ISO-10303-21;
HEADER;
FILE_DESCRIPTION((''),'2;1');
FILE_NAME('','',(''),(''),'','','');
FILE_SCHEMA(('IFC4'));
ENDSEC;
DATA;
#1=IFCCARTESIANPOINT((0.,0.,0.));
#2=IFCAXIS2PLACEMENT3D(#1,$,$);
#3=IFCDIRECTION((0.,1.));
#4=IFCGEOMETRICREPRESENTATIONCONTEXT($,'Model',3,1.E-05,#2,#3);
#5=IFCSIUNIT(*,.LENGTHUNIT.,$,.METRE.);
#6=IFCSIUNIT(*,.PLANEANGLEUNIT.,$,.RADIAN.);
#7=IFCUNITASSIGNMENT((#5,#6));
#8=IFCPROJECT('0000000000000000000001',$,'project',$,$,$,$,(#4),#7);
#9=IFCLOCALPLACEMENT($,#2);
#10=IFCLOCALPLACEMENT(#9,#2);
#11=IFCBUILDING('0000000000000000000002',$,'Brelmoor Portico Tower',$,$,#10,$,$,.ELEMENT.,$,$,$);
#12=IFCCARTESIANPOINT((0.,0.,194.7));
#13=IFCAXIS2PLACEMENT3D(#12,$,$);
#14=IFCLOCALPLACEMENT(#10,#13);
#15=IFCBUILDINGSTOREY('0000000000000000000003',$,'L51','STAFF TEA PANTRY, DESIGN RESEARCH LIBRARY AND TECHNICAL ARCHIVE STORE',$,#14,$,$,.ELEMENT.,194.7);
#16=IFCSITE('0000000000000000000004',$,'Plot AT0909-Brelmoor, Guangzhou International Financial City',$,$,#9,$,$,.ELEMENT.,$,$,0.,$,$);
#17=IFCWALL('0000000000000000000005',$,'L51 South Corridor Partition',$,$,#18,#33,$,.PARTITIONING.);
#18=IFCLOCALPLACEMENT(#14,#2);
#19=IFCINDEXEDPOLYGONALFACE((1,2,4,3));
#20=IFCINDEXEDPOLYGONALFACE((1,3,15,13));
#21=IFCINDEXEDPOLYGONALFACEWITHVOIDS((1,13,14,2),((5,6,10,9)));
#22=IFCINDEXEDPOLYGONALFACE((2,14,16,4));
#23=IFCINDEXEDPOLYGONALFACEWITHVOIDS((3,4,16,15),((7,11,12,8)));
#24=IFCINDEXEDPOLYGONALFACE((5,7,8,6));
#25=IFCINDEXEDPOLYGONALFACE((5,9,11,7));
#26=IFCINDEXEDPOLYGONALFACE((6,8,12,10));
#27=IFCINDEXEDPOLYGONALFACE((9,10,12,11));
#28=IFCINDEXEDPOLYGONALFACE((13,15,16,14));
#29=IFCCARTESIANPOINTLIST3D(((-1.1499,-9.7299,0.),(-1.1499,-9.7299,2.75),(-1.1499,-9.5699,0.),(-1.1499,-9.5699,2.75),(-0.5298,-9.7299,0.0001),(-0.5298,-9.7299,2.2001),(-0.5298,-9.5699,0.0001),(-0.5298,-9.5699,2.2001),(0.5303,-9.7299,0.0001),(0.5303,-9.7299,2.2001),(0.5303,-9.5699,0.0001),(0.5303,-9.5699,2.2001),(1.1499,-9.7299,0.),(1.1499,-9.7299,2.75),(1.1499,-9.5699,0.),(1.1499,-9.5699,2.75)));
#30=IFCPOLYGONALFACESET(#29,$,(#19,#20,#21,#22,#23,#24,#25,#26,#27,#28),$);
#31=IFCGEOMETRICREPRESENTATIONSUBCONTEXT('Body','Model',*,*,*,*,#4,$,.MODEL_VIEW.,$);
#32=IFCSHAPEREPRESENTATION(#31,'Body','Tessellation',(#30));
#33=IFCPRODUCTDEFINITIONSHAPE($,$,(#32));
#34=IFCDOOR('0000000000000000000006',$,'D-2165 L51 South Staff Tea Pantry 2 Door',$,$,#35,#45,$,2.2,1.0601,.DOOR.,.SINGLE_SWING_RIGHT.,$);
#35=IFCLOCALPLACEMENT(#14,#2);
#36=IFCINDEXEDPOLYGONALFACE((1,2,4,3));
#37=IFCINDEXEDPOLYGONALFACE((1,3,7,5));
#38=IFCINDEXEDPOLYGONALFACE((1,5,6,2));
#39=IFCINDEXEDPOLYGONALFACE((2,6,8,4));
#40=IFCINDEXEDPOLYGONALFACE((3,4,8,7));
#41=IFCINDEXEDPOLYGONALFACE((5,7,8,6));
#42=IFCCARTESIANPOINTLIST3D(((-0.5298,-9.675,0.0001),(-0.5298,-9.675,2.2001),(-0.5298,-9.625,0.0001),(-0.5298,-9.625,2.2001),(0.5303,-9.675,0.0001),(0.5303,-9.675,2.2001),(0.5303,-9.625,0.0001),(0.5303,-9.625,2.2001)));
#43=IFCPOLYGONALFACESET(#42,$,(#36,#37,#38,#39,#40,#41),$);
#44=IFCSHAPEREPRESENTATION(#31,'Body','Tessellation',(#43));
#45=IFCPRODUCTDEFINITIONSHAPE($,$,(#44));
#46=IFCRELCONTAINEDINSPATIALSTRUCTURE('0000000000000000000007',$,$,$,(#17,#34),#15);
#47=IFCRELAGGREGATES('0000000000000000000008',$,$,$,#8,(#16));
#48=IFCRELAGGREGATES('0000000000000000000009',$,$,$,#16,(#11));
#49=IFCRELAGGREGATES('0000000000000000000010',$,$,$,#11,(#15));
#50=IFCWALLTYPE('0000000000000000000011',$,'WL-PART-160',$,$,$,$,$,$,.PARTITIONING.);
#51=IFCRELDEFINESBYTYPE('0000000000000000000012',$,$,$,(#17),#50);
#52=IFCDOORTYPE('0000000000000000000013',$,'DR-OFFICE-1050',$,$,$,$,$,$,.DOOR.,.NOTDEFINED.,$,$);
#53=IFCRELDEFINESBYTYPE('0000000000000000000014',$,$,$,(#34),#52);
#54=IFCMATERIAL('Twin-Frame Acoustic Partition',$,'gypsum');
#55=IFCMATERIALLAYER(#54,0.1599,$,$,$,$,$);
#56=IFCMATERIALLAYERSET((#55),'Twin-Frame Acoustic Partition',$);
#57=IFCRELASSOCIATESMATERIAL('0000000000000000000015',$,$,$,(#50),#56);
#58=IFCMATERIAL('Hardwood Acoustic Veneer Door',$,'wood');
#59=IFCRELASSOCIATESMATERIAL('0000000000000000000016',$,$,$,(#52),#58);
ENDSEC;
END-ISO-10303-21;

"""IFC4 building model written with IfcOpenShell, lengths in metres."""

from ifc_helpers import new_model, si_unit, direction, frame, frame_2d, origin, place, context, subcontext, project, spatial, rectangle, extrude, material, layer, layer_set, type_object, element, fill, save


model = new_model("IFC4")

# Units and contexts
model_context = context("Model", 3, precision=1e-05, world=origin(), true_north=direction((0.0, 1.0)))
body_context = subcontext(model_context, "Body", "Model", "MODEL_VIEW")
ifc_project = project(units=[si_unit("LENGTHUNIT", "METRE"), si_unit("PLANEANGLEUNIT", "RADIAN")], contexts=[model_context])

# Site, building, storey
site_placement = place(None, origin())
site = spatial("IfcSite", under=ifc_project, at=site_placement, Name="Plot AT0909-Brelmoor, Guangzhou International Financial City", CompositionType="ELEMENT", RefElevation=0.0)
building_placement = place(site_placement, origin())
building = spatial("IfcBuilding", under=site, at=building_placement, Name="Brelmoor Portico Tower", CompositionType="ELEMENT")
storey_placement = place(building_placement, frame((0.0, 0.0, 194.7)))
storey = spatial("IfcBuildingStorey", under=building, at=storey_placement, Name="L51", Description="STAFF TEA PANTRY, DESIGN RESEARCH LIBRARY AND TECHNICAL ARCHIVE STORE", CompositionType="ELEMENT", Elevation=194.7)

# Wall, opening, door
ifc_material_1 = material(Name="Twin-Frame Acoustic Partition", Category="gypsum")
ifc_layer_1 = layer(ifc_material_1, 0.1599)
ifc_layer_set_1 = layer_set([ifc_layer_1], Name="Twin-Frame Acoustic Partition")
wall_type_1 = type_object("IfcWallType", Name="WL-PART-160", PredefinedType="PARTITIONING", material=ifc_layer_set_1)
wall_1_placement = place(storey_placement, frame((-1.1499, -9.6499, 0.0), z_axis=(0.0, 0.0, 1.0), x_axis=(1.0, 0.0, 0.0)))
wall_1 = element("IfcWall", 1, at=wall_1_placement, inside=storey, type_object=wall_type_1, Name="L51 South Corridor Partition", PredefinedType="PARTITIONING", context=body_context, shape_type="SweptSolid", body=[
    extrude(rectangle(XDim=2.2998, YDim=0.1599, at=frame_2d((1.1499, 0.0))), origin(), (0.0, 0.0, 1.0), 2.75),
])
opening_1_placement = place(wall_1_placement, frame((0.6201, 0.0, 0.0)))
opening_1 = element("IfcOpeningElement", 2, at=opening_1_placement, cuts=wall_1, PredefinedType="OPENING", context=body_context, shape_type="SweptSolid", body=[
    extrude(rectangle(XDim=1.0601, YDim=2.2, at=frame_2d((0.53, 1.1001))), frame((0.0, 0.0898, 0.0), z_axis=(0.0, -1.0, 0.0), x_axis=(1.0, 0.0, 0.0)), (0.0, 0.0, 1.0), 0.1799),
])
ifc_material_2 = material(Name="Hardwood Acoustic Veneer Door", Category="wood")
door_type_1 = type_object("IfcDoorType", Name="DR-OFFICE-1050", OperationType="NOTDEFINED", PredefinedType="DOOR", material=ifc_material_2)
door_1_placement = place(opening_1_placement, origin())
door_1 = element("IfcDoor", 3, at=door_1_placement, inside=storey, type_object=door_type_1, Name="D-2165 L51 South Staff Tea Pantry 2 Door", OperationType="SINGLE_SWING_RIGHT", OverallHeight=2.2, OverallWidth=1.0601, PredefinedType="DOOR", context=body_context, shape_type="SweptSolid", body=[
    extrude(rectangle(XDim=1.0601, YDim=2.2, at=frame_2d((0.53, 1.1001))), frame((0.0, 0.0249, 0.0), z_axis=(0.0, -1.0, 0.0), x_axis=(1.0, 0.0, 0.0)), (0.0, 0.0, 1.0), 0.05),
])
fill(opening_1, door_1)

save(model, "model.ifc")
